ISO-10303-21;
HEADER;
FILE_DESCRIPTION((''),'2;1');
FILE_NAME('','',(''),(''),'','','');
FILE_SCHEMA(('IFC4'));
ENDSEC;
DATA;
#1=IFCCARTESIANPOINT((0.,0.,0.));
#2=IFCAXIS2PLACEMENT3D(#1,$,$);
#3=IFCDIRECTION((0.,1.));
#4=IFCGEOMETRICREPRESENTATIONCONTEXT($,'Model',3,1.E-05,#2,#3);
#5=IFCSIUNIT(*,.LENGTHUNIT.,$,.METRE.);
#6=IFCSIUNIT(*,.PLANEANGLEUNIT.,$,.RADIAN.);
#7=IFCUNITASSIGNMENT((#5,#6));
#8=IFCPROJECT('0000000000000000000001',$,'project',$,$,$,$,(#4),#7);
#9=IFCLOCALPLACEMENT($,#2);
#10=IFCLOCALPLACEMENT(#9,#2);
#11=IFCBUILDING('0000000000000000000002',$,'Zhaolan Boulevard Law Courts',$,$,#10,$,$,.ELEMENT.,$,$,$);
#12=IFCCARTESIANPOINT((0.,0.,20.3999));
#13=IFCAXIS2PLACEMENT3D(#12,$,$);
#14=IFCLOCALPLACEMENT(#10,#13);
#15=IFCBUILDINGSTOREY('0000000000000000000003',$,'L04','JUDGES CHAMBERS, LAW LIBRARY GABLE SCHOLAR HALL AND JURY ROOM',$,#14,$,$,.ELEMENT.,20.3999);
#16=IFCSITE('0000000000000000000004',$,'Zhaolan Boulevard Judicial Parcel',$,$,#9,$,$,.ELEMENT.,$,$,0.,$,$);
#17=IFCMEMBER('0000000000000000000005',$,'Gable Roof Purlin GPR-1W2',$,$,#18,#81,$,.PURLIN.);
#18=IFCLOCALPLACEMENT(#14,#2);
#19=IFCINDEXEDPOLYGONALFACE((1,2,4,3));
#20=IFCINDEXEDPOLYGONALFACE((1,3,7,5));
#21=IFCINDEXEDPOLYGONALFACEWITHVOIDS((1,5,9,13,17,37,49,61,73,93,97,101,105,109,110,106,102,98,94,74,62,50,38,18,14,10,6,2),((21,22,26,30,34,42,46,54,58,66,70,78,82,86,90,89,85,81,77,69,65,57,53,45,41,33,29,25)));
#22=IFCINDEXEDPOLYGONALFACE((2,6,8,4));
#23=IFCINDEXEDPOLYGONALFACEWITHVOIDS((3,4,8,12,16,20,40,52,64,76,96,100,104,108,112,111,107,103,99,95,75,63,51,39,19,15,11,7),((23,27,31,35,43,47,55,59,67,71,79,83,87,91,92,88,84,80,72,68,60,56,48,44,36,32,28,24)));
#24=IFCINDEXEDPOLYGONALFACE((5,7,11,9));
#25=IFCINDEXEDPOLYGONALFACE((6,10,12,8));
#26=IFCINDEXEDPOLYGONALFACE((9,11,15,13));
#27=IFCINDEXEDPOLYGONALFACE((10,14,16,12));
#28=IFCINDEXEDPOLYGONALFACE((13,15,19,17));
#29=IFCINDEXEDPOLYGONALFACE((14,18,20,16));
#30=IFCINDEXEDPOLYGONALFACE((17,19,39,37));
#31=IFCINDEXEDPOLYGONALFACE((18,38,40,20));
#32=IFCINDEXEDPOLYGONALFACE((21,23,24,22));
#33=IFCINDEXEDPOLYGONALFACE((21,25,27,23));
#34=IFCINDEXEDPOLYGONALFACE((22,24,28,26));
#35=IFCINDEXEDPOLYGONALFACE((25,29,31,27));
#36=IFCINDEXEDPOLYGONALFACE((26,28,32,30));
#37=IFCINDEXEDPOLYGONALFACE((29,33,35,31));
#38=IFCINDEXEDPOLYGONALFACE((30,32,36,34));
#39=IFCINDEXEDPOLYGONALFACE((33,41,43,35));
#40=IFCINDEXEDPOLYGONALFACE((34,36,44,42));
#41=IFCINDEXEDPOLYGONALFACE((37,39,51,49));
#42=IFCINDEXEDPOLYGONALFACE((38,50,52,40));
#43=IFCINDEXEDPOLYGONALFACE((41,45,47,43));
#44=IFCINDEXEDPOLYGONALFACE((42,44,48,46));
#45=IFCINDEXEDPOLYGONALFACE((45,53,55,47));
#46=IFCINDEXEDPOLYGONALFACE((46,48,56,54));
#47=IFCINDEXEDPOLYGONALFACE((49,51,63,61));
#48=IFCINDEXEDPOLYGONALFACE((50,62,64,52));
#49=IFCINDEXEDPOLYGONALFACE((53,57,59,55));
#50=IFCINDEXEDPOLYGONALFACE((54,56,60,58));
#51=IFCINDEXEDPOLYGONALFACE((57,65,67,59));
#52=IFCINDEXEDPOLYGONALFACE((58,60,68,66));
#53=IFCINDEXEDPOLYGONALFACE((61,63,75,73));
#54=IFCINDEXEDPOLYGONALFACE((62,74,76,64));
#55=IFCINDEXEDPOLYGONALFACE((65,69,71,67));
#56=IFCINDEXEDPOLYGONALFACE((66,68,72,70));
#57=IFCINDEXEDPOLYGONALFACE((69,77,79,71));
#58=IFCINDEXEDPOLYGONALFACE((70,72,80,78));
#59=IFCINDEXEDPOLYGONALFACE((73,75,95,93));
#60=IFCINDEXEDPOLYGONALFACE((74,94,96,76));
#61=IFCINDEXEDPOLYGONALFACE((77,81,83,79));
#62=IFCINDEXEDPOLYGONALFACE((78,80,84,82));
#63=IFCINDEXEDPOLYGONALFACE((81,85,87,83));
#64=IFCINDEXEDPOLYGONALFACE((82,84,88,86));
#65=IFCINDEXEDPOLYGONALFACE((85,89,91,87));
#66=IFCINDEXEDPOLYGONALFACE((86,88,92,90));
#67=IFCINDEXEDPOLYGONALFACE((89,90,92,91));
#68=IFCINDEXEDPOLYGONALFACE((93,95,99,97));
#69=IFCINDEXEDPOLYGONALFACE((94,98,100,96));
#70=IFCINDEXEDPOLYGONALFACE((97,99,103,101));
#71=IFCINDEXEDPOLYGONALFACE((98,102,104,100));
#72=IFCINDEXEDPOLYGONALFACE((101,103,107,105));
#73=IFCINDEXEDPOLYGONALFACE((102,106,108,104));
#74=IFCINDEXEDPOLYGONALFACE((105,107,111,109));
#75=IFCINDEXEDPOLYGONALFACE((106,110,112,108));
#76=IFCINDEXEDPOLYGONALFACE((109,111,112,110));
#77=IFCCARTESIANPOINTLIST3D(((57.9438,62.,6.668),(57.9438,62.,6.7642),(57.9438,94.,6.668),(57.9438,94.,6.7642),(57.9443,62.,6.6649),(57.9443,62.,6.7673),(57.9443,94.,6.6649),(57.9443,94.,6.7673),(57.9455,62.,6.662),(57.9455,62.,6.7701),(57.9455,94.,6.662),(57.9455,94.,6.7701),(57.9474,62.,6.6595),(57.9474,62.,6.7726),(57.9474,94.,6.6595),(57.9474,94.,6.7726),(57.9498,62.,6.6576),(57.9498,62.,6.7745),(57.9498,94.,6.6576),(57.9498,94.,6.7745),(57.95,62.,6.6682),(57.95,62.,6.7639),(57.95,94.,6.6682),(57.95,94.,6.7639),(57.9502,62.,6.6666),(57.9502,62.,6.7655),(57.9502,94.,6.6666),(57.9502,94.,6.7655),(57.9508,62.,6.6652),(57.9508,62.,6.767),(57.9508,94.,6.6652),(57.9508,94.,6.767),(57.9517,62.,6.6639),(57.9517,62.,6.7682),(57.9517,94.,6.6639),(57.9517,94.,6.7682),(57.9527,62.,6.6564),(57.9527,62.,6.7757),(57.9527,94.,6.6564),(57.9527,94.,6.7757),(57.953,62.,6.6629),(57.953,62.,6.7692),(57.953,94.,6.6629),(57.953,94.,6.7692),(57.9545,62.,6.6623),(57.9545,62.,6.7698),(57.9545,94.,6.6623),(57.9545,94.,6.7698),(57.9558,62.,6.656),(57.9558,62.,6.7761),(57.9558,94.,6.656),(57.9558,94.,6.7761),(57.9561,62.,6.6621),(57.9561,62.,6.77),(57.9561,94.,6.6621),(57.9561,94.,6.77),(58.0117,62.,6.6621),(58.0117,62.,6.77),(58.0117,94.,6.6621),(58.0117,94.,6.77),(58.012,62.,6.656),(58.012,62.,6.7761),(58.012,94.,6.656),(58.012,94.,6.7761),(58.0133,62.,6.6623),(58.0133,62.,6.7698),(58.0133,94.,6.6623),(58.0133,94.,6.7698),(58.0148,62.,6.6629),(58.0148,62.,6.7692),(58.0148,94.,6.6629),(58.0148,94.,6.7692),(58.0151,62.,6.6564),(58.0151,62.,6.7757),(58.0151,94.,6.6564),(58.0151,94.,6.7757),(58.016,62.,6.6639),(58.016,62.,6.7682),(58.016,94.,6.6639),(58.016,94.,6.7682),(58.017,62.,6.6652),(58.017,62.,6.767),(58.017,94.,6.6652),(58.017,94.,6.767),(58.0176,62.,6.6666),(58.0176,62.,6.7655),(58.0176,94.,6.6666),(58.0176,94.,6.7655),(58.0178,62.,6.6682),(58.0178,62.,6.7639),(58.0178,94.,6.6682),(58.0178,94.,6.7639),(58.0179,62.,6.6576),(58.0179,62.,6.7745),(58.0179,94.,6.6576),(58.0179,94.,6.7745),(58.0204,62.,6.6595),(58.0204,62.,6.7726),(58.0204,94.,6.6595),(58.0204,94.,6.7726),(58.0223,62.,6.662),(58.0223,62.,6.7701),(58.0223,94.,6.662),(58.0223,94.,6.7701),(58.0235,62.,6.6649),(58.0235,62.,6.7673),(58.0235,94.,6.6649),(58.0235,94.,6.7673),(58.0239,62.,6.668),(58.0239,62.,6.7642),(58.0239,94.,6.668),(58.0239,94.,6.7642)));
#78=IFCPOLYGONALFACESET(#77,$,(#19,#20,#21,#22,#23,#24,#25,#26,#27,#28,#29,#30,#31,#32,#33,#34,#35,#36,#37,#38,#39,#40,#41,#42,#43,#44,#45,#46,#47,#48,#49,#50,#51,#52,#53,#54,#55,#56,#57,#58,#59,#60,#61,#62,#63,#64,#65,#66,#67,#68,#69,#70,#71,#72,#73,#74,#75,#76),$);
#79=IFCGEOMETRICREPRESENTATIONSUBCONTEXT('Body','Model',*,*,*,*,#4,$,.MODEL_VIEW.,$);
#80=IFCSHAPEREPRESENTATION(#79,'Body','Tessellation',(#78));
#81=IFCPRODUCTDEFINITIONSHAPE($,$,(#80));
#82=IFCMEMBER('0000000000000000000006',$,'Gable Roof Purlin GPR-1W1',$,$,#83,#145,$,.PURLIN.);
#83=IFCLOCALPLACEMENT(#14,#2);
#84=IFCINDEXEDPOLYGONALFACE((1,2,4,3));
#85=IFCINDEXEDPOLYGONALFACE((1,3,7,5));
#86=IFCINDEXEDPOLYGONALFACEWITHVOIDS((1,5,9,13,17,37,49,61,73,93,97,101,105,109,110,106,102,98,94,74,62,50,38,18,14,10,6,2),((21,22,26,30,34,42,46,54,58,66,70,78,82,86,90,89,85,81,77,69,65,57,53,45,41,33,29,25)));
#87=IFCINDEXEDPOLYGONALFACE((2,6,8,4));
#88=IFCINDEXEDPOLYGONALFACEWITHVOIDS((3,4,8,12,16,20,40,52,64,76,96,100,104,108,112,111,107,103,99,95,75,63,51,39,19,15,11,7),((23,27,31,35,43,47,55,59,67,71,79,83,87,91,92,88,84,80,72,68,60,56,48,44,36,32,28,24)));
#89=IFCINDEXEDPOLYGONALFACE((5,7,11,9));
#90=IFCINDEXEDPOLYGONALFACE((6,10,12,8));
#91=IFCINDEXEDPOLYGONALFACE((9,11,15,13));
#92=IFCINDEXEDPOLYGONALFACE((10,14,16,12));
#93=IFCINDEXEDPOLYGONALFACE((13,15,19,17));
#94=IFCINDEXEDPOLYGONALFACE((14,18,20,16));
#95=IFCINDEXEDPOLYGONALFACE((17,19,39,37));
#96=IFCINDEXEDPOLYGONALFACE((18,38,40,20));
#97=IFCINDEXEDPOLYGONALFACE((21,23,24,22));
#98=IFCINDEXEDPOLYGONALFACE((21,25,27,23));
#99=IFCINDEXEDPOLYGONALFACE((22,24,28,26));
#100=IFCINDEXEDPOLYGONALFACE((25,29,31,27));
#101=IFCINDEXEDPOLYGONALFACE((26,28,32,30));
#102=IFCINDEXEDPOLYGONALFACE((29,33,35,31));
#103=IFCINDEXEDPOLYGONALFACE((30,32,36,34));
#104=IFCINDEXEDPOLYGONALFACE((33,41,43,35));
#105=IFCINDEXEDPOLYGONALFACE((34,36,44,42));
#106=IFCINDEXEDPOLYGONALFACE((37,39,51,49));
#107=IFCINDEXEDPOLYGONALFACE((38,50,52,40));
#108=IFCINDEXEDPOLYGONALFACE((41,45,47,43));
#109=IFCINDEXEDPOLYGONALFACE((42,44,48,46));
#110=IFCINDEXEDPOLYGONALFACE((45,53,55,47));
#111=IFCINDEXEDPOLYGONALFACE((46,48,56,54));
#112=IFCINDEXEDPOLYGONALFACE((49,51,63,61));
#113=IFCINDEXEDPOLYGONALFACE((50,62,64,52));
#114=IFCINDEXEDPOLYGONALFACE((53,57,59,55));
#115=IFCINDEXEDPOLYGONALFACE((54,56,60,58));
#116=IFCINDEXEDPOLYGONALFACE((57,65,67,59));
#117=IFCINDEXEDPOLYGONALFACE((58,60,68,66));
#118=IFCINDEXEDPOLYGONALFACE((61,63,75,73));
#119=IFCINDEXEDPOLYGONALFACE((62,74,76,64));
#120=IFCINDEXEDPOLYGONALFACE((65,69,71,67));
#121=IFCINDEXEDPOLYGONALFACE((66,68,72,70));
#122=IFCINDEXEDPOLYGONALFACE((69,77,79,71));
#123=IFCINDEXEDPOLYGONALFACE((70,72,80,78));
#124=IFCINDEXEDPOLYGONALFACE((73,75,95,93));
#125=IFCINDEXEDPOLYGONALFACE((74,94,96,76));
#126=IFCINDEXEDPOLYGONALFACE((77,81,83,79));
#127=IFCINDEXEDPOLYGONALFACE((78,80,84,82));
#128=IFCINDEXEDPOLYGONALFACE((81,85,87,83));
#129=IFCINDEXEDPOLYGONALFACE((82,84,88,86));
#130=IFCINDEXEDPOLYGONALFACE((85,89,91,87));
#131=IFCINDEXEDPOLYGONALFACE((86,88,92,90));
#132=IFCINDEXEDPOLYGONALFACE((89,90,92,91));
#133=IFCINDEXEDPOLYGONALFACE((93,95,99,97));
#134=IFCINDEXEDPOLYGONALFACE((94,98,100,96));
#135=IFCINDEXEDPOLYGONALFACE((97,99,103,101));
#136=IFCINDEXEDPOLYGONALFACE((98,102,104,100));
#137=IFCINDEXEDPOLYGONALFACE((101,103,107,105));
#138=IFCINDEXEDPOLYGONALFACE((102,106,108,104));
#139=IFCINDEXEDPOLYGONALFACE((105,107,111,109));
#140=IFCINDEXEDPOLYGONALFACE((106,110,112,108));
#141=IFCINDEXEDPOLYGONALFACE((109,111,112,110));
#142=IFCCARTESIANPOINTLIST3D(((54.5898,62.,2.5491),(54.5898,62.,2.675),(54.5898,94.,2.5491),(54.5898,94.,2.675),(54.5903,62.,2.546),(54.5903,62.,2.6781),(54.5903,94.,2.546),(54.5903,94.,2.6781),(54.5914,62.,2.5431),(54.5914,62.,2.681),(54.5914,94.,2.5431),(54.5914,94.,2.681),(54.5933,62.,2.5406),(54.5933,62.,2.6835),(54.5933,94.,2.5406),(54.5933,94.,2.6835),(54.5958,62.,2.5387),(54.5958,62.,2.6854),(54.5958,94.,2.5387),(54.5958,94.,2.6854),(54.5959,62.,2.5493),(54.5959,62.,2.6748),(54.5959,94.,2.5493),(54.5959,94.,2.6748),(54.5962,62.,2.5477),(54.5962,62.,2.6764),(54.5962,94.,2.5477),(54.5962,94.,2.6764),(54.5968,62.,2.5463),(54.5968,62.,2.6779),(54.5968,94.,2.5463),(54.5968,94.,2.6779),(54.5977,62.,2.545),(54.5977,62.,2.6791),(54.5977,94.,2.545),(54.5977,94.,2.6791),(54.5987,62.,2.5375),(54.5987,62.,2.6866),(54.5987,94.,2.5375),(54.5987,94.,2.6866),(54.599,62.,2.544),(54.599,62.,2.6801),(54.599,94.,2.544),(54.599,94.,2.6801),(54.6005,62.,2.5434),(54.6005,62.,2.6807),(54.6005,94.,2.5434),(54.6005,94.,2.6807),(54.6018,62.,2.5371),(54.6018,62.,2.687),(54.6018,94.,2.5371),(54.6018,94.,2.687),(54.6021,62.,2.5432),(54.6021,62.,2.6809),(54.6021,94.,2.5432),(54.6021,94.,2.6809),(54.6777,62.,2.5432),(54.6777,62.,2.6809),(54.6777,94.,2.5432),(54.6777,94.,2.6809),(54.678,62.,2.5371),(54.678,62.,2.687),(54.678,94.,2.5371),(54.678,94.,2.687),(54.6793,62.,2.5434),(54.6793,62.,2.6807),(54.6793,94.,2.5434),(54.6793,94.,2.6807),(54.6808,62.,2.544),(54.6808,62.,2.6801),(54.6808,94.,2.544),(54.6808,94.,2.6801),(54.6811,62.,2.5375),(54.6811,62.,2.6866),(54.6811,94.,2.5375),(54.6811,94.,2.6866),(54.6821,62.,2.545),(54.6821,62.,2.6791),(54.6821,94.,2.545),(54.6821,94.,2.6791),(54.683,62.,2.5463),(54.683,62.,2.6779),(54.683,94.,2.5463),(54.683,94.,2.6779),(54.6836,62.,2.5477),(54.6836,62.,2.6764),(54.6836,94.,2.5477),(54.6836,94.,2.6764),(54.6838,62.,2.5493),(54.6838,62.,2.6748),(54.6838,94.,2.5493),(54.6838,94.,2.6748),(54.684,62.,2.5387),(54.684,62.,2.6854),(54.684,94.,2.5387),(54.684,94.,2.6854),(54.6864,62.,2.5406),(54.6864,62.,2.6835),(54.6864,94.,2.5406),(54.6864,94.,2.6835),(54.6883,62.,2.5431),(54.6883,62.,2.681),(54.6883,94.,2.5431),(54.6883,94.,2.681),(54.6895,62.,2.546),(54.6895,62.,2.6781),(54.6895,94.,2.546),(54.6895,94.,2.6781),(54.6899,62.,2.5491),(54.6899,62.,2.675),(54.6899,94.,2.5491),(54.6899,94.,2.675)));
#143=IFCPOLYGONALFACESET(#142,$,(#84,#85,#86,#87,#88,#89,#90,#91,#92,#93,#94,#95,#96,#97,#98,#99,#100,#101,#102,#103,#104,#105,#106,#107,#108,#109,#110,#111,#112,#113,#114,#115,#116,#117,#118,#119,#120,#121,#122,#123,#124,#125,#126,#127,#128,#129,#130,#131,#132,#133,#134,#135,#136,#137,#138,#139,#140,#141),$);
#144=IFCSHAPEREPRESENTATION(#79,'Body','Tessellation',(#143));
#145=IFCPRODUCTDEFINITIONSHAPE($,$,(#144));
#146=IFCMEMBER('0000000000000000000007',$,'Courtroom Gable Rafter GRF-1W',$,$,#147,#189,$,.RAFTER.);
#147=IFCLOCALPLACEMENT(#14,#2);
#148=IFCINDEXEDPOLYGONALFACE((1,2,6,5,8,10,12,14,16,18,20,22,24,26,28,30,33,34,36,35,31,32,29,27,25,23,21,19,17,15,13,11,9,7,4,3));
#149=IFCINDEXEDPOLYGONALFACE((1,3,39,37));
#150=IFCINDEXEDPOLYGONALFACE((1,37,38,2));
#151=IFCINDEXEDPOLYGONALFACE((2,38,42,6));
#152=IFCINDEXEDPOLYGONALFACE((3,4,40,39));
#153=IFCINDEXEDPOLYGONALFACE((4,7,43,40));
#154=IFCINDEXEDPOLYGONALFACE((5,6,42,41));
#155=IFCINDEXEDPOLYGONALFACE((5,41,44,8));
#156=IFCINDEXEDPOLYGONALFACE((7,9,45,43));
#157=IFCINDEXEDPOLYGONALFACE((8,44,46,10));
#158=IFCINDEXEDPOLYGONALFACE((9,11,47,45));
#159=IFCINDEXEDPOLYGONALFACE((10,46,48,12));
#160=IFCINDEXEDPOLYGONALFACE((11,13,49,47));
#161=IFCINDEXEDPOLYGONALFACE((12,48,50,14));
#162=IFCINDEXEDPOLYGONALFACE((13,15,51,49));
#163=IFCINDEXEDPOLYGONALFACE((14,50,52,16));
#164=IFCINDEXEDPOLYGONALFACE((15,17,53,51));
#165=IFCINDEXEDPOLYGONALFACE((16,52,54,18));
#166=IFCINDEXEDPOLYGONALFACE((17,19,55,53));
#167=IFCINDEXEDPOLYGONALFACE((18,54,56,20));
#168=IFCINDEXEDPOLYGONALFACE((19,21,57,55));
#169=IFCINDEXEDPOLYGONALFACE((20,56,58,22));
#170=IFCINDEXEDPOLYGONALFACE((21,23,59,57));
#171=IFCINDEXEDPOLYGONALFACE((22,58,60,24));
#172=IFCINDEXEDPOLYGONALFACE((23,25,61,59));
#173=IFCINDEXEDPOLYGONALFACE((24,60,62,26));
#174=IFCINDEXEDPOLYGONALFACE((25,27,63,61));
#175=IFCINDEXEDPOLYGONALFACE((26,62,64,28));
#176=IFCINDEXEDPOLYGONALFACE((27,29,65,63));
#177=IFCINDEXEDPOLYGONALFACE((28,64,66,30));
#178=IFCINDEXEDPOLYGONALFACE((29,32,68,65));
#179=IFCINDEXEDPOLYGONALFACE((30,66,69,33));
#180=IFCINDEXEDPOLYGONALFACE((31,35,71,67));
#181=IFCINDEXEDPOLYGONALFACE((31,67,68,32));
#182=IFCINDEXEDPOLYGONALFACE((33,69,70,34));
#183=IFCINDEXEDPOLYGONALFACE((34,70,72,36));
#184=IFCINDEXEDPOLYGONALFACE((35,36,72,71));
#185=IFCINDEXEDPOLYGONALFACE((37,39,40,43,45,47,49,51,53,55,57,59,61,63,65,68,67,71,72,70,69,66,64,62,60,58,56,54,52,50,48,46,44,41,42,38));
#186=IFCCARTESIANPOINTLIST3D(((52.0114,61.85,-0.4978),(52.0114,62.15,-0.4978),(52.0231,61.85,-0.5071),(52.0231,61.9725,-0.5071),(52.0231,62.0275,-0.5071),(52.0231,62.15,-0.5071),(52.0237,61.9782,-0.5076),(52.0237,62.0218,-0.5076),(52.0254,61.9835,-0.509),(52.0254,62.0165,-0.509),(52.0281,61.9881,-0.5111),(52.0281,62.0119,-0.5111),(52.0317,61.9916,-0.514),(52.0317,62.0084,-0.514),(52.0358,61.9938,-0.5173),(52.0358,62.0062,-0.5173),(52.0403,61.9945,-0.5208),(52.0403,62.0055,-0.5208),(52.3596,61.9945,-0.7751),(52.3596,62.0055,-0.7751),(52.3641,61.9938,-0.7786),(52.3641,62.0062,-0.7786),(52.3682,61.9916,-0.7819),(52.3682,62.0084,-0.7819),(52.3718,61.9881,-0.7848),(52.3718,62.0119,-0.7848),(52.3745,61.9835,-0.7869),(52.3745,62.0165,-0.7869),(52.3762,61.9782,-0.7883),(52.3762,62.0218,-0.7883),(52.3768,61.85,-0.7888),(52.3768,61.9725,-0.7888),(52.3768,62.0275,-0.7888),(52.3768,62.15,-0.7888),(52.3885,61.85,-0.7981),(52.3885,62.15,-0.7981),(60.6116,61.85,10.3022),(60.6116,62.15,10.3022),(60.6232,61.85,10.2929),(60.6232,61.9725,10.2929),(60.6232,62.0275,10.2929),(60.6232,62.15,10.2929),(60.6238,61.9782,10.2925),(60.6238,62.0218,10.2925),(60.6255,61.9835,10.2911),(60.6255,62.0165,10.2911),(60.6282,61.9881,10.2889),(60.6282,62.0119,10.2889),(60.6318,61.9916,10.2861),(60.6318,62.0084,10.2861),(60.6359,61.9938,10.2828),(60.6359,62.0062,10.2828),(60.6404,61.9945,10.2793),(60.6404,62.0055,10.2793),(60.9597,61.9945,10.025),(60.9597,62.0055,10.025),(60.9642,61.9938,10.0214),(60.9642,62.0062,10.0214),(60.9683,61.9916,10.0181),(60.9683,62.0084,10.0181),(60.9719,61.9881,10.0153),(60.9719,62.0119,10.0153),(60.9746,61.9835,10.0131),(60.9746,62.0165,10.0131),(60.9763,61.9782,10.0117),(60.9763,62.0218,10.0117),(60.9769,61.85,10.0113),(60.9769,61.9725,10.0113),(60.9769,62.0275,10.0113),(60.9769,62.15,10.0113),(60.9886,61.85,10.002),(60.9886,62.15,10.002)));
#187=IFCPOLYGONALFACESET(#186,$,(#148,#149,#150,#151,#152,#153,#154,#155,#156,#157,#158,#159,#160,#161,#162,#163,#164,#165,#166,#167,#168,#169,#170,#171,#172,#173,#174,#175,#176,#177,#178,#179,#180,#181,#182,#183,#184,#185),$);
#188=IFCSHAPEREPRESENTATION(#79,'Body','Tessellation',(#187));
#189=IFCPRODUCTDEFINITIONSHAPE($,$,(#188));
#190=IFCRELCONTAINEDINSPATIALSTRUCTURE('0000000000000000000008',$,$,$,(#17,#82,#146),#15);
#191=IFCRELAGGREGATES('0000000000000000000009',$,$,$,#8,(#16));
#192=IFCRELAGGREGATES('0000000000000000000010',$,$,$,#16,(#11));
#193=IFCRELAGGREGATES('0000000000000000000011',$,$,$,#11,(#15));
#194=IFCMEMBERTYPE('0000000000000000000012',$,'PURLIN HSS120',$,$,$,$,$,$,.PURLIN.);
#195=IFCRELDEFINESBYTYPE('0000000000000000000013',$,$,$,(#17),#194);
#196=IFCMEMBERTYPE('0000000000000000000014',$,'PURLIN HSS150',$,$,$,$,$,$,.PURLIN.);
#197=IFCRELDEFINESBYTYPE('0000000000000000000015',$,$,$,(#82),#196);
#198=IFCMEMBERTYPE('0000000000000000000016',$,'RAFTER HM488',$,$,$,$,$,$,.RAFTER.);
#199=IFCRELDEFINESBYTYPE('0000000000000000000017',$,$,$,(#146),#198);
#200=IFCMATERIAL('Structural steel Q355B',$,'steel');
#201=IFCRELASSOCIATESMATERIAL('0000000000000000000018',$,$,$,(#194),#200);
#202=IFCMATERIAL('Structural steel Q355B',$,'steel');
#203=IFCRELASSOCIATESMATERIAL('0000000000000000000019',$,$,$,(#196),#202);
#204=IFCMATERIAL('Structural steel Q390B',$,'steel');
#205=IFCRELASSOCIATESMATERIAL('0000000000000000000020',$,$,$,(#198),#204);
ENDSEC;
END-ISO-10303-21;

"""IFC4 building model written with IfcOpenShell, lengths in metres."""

from ifc_helpers import new_model, si_unit, direction, frame, origin, origin_2d, place, context, subcontext, project, spatial, hollow_rectangle, i_section, extrude, material, material_profile, profile_set, type_object, element, save


model = new_model("IFC4")

# Units and contexts
model_context = context("Model", 3, precision=1e-05, world=origin(), true_north=direction((0.0, 1.0)))
body_context = subcontext(model_context, "Body", "Model", "MODEL_VIEW")
ifc_project = project(units=[si_unit("LENGTHUNIT", "METRE"), si_unit("PLANEANGLEUNIT", "RADIAN")], contexts=[model_context])

# Site, building, storey
site_placement = place(None, origin())
site = spatial("IfcSite", under=ifc_project, at=site_placement, Name="Zhaolan Boulevard Judicial Parcel", CompositionType="ELEMENT", RefElevation=0.0)
building_placement = place(site_placement, origin())
building = spatial("IfcBuilding", under=site, at=building_placement, Name="Zhaolan Boulevard Law Courts", CompositionType="ELEMENT")
storey_placement = place(building_placement, frame((0.0, 0.0, 20.3999)))
storey = spatial("IfcBuildingStorey", under=building, at=storey_placement, Name="L04", Description="JUDGES CHAMBERS, LAW LIBRARY GABLE SCHOLAR HALL AND JURY ROOM", CompositionType="ELEMENT", Elevation=20.3999)

# Members
ifc_material_1 = material(Name="Structural steel Q355B", Category="steel")
ifc_material_profile_1 = material_profile(ifc_material_1, hollow_rectangle(XDim=0.0801, YDim=0.1201, WallThickness=0.0061, InnerFilletRadius=0.0061, OuterFilletRadius=0.012, at=origin_2d()), Name="HSS120x80x6")
ifc_profile_set_1 = profile_set([ifc_material_profile_1], Name="Structural steel Q355B")
member_type_1 = type_object("IfcMemberType", Name="PURLIN HSS120", PredefinedType="PURLIN", material=ifc_profile_set_1)
member_1_placement = place(storey_placement, frame((57.9839, 62.0, 6.7161), z_axis=(0.0, 1.0, 0.0), x_axis=(-1.0, 0.0, 0.0)))
element("IfcMember", 1, at=member_1_placement, inside=storey, type_object=member_type_1, Name="Gable Roof Purlin GPR-1W2", PredefinedType="PURLIN", context=body_context, shape_type="SweptSolid", body=[
    extrude(hollow_rectangle(XDim=0.0801, YDim=0.1201, WallThickness=0.0061, InnerFilletRadius=0.0061, OuterFilletRadius=0.012, at=origin_2d()), origin(), (0.0, 0.0, 1.0), 32.0),
])
ifc_material_2 = material(Name="Structural steel Q355B", Category="steel")
ifc_material_profile_2 = material_profile(ifc_material_2, hollow_rectangle(XDim=0.1001, YDim=0.1499, WallThickness=0.0061, InnerFilletRadius=0.0061, OuterFilletRadius=0.012, at=origin_2d()), Name="HSS150x100x6")
ifc_profile_set_2 = profile_set([ifc_material_profile_2], Name="Structural steel Q355B")
member_type_2 = type_object("IfcMemberType", Name="PURLIN HSS150", PredefinedType="PURLIN", material=ifc_profile_set_2)
member_2_placement = place(storey_placement, frame((54.6399, 62.0, 2.6121), z_axis=(0.0, 1.0, 0.0), x_axis=(-1.0, 0.0, 0.0)))
element("IfcMember", 2, at=member_2_placement, inside=storey, type_object=member_type_2, Name="Gable Roof Purlin GPR-1W1", PredefinedType="PURLIN", context=body_context, shape_type="SweptSolid", body=[
    extrude(hollow_rectangle(XDim=0.1001, YDim=0.1499, WallThickness=0.0061, InnerFilletRadius=0.0061, OuterFilletRadius=0.012, at=origin_2d()), origin(), (0.0, 0.0, 1.0), 32.0),
])
ifc_material_3 = material(Name="Structural steel Q390B", Category="steel")
ifc_material_profile_3 = material_profile(ifc_material_3, i_section(OverallWidth=0.3, OverallDepth=0.4819, WebThickness=0.011, FlangeThickness=0.0149, FilletRadius=0.022, at=origin_2d()), Name="HM482x300")
ifc_profile_set_3 = profile_set([ifc_material_profile_3], Name="Structural steel Q390B")
member_type_3 = type_object("IfcMemberType", Name="RAFTER HM488", PredefinedType="RAFTER", material=ifc_profile_set_3)
member_3_placement = place(storey_placement, frame((52.2, 62.0, -0.6479), z_axis=(0.622929, 0.0, 0.782278), x_axis=(0.0, 1.0, 0.0)))
element("IfcMember", 3, at=member_3_placement, inside=storey, type_object=member_type_3, Name="Courtroom Gable Rafter GRF-1W", PredefinedType="RAFTER", context=body_context, shape_type="SweptSolid", body=[
    extrude(i_section(OverallWidth=0.3, OverallDepth=0.4819, WebThickness=0.011, FlangeThickness=0.0149, FilletRadius=0.022, at=origin_2d()), origin(), (0.0, 0.0, 1.0), 13.8059),
])

save(model, "model.ifc")
